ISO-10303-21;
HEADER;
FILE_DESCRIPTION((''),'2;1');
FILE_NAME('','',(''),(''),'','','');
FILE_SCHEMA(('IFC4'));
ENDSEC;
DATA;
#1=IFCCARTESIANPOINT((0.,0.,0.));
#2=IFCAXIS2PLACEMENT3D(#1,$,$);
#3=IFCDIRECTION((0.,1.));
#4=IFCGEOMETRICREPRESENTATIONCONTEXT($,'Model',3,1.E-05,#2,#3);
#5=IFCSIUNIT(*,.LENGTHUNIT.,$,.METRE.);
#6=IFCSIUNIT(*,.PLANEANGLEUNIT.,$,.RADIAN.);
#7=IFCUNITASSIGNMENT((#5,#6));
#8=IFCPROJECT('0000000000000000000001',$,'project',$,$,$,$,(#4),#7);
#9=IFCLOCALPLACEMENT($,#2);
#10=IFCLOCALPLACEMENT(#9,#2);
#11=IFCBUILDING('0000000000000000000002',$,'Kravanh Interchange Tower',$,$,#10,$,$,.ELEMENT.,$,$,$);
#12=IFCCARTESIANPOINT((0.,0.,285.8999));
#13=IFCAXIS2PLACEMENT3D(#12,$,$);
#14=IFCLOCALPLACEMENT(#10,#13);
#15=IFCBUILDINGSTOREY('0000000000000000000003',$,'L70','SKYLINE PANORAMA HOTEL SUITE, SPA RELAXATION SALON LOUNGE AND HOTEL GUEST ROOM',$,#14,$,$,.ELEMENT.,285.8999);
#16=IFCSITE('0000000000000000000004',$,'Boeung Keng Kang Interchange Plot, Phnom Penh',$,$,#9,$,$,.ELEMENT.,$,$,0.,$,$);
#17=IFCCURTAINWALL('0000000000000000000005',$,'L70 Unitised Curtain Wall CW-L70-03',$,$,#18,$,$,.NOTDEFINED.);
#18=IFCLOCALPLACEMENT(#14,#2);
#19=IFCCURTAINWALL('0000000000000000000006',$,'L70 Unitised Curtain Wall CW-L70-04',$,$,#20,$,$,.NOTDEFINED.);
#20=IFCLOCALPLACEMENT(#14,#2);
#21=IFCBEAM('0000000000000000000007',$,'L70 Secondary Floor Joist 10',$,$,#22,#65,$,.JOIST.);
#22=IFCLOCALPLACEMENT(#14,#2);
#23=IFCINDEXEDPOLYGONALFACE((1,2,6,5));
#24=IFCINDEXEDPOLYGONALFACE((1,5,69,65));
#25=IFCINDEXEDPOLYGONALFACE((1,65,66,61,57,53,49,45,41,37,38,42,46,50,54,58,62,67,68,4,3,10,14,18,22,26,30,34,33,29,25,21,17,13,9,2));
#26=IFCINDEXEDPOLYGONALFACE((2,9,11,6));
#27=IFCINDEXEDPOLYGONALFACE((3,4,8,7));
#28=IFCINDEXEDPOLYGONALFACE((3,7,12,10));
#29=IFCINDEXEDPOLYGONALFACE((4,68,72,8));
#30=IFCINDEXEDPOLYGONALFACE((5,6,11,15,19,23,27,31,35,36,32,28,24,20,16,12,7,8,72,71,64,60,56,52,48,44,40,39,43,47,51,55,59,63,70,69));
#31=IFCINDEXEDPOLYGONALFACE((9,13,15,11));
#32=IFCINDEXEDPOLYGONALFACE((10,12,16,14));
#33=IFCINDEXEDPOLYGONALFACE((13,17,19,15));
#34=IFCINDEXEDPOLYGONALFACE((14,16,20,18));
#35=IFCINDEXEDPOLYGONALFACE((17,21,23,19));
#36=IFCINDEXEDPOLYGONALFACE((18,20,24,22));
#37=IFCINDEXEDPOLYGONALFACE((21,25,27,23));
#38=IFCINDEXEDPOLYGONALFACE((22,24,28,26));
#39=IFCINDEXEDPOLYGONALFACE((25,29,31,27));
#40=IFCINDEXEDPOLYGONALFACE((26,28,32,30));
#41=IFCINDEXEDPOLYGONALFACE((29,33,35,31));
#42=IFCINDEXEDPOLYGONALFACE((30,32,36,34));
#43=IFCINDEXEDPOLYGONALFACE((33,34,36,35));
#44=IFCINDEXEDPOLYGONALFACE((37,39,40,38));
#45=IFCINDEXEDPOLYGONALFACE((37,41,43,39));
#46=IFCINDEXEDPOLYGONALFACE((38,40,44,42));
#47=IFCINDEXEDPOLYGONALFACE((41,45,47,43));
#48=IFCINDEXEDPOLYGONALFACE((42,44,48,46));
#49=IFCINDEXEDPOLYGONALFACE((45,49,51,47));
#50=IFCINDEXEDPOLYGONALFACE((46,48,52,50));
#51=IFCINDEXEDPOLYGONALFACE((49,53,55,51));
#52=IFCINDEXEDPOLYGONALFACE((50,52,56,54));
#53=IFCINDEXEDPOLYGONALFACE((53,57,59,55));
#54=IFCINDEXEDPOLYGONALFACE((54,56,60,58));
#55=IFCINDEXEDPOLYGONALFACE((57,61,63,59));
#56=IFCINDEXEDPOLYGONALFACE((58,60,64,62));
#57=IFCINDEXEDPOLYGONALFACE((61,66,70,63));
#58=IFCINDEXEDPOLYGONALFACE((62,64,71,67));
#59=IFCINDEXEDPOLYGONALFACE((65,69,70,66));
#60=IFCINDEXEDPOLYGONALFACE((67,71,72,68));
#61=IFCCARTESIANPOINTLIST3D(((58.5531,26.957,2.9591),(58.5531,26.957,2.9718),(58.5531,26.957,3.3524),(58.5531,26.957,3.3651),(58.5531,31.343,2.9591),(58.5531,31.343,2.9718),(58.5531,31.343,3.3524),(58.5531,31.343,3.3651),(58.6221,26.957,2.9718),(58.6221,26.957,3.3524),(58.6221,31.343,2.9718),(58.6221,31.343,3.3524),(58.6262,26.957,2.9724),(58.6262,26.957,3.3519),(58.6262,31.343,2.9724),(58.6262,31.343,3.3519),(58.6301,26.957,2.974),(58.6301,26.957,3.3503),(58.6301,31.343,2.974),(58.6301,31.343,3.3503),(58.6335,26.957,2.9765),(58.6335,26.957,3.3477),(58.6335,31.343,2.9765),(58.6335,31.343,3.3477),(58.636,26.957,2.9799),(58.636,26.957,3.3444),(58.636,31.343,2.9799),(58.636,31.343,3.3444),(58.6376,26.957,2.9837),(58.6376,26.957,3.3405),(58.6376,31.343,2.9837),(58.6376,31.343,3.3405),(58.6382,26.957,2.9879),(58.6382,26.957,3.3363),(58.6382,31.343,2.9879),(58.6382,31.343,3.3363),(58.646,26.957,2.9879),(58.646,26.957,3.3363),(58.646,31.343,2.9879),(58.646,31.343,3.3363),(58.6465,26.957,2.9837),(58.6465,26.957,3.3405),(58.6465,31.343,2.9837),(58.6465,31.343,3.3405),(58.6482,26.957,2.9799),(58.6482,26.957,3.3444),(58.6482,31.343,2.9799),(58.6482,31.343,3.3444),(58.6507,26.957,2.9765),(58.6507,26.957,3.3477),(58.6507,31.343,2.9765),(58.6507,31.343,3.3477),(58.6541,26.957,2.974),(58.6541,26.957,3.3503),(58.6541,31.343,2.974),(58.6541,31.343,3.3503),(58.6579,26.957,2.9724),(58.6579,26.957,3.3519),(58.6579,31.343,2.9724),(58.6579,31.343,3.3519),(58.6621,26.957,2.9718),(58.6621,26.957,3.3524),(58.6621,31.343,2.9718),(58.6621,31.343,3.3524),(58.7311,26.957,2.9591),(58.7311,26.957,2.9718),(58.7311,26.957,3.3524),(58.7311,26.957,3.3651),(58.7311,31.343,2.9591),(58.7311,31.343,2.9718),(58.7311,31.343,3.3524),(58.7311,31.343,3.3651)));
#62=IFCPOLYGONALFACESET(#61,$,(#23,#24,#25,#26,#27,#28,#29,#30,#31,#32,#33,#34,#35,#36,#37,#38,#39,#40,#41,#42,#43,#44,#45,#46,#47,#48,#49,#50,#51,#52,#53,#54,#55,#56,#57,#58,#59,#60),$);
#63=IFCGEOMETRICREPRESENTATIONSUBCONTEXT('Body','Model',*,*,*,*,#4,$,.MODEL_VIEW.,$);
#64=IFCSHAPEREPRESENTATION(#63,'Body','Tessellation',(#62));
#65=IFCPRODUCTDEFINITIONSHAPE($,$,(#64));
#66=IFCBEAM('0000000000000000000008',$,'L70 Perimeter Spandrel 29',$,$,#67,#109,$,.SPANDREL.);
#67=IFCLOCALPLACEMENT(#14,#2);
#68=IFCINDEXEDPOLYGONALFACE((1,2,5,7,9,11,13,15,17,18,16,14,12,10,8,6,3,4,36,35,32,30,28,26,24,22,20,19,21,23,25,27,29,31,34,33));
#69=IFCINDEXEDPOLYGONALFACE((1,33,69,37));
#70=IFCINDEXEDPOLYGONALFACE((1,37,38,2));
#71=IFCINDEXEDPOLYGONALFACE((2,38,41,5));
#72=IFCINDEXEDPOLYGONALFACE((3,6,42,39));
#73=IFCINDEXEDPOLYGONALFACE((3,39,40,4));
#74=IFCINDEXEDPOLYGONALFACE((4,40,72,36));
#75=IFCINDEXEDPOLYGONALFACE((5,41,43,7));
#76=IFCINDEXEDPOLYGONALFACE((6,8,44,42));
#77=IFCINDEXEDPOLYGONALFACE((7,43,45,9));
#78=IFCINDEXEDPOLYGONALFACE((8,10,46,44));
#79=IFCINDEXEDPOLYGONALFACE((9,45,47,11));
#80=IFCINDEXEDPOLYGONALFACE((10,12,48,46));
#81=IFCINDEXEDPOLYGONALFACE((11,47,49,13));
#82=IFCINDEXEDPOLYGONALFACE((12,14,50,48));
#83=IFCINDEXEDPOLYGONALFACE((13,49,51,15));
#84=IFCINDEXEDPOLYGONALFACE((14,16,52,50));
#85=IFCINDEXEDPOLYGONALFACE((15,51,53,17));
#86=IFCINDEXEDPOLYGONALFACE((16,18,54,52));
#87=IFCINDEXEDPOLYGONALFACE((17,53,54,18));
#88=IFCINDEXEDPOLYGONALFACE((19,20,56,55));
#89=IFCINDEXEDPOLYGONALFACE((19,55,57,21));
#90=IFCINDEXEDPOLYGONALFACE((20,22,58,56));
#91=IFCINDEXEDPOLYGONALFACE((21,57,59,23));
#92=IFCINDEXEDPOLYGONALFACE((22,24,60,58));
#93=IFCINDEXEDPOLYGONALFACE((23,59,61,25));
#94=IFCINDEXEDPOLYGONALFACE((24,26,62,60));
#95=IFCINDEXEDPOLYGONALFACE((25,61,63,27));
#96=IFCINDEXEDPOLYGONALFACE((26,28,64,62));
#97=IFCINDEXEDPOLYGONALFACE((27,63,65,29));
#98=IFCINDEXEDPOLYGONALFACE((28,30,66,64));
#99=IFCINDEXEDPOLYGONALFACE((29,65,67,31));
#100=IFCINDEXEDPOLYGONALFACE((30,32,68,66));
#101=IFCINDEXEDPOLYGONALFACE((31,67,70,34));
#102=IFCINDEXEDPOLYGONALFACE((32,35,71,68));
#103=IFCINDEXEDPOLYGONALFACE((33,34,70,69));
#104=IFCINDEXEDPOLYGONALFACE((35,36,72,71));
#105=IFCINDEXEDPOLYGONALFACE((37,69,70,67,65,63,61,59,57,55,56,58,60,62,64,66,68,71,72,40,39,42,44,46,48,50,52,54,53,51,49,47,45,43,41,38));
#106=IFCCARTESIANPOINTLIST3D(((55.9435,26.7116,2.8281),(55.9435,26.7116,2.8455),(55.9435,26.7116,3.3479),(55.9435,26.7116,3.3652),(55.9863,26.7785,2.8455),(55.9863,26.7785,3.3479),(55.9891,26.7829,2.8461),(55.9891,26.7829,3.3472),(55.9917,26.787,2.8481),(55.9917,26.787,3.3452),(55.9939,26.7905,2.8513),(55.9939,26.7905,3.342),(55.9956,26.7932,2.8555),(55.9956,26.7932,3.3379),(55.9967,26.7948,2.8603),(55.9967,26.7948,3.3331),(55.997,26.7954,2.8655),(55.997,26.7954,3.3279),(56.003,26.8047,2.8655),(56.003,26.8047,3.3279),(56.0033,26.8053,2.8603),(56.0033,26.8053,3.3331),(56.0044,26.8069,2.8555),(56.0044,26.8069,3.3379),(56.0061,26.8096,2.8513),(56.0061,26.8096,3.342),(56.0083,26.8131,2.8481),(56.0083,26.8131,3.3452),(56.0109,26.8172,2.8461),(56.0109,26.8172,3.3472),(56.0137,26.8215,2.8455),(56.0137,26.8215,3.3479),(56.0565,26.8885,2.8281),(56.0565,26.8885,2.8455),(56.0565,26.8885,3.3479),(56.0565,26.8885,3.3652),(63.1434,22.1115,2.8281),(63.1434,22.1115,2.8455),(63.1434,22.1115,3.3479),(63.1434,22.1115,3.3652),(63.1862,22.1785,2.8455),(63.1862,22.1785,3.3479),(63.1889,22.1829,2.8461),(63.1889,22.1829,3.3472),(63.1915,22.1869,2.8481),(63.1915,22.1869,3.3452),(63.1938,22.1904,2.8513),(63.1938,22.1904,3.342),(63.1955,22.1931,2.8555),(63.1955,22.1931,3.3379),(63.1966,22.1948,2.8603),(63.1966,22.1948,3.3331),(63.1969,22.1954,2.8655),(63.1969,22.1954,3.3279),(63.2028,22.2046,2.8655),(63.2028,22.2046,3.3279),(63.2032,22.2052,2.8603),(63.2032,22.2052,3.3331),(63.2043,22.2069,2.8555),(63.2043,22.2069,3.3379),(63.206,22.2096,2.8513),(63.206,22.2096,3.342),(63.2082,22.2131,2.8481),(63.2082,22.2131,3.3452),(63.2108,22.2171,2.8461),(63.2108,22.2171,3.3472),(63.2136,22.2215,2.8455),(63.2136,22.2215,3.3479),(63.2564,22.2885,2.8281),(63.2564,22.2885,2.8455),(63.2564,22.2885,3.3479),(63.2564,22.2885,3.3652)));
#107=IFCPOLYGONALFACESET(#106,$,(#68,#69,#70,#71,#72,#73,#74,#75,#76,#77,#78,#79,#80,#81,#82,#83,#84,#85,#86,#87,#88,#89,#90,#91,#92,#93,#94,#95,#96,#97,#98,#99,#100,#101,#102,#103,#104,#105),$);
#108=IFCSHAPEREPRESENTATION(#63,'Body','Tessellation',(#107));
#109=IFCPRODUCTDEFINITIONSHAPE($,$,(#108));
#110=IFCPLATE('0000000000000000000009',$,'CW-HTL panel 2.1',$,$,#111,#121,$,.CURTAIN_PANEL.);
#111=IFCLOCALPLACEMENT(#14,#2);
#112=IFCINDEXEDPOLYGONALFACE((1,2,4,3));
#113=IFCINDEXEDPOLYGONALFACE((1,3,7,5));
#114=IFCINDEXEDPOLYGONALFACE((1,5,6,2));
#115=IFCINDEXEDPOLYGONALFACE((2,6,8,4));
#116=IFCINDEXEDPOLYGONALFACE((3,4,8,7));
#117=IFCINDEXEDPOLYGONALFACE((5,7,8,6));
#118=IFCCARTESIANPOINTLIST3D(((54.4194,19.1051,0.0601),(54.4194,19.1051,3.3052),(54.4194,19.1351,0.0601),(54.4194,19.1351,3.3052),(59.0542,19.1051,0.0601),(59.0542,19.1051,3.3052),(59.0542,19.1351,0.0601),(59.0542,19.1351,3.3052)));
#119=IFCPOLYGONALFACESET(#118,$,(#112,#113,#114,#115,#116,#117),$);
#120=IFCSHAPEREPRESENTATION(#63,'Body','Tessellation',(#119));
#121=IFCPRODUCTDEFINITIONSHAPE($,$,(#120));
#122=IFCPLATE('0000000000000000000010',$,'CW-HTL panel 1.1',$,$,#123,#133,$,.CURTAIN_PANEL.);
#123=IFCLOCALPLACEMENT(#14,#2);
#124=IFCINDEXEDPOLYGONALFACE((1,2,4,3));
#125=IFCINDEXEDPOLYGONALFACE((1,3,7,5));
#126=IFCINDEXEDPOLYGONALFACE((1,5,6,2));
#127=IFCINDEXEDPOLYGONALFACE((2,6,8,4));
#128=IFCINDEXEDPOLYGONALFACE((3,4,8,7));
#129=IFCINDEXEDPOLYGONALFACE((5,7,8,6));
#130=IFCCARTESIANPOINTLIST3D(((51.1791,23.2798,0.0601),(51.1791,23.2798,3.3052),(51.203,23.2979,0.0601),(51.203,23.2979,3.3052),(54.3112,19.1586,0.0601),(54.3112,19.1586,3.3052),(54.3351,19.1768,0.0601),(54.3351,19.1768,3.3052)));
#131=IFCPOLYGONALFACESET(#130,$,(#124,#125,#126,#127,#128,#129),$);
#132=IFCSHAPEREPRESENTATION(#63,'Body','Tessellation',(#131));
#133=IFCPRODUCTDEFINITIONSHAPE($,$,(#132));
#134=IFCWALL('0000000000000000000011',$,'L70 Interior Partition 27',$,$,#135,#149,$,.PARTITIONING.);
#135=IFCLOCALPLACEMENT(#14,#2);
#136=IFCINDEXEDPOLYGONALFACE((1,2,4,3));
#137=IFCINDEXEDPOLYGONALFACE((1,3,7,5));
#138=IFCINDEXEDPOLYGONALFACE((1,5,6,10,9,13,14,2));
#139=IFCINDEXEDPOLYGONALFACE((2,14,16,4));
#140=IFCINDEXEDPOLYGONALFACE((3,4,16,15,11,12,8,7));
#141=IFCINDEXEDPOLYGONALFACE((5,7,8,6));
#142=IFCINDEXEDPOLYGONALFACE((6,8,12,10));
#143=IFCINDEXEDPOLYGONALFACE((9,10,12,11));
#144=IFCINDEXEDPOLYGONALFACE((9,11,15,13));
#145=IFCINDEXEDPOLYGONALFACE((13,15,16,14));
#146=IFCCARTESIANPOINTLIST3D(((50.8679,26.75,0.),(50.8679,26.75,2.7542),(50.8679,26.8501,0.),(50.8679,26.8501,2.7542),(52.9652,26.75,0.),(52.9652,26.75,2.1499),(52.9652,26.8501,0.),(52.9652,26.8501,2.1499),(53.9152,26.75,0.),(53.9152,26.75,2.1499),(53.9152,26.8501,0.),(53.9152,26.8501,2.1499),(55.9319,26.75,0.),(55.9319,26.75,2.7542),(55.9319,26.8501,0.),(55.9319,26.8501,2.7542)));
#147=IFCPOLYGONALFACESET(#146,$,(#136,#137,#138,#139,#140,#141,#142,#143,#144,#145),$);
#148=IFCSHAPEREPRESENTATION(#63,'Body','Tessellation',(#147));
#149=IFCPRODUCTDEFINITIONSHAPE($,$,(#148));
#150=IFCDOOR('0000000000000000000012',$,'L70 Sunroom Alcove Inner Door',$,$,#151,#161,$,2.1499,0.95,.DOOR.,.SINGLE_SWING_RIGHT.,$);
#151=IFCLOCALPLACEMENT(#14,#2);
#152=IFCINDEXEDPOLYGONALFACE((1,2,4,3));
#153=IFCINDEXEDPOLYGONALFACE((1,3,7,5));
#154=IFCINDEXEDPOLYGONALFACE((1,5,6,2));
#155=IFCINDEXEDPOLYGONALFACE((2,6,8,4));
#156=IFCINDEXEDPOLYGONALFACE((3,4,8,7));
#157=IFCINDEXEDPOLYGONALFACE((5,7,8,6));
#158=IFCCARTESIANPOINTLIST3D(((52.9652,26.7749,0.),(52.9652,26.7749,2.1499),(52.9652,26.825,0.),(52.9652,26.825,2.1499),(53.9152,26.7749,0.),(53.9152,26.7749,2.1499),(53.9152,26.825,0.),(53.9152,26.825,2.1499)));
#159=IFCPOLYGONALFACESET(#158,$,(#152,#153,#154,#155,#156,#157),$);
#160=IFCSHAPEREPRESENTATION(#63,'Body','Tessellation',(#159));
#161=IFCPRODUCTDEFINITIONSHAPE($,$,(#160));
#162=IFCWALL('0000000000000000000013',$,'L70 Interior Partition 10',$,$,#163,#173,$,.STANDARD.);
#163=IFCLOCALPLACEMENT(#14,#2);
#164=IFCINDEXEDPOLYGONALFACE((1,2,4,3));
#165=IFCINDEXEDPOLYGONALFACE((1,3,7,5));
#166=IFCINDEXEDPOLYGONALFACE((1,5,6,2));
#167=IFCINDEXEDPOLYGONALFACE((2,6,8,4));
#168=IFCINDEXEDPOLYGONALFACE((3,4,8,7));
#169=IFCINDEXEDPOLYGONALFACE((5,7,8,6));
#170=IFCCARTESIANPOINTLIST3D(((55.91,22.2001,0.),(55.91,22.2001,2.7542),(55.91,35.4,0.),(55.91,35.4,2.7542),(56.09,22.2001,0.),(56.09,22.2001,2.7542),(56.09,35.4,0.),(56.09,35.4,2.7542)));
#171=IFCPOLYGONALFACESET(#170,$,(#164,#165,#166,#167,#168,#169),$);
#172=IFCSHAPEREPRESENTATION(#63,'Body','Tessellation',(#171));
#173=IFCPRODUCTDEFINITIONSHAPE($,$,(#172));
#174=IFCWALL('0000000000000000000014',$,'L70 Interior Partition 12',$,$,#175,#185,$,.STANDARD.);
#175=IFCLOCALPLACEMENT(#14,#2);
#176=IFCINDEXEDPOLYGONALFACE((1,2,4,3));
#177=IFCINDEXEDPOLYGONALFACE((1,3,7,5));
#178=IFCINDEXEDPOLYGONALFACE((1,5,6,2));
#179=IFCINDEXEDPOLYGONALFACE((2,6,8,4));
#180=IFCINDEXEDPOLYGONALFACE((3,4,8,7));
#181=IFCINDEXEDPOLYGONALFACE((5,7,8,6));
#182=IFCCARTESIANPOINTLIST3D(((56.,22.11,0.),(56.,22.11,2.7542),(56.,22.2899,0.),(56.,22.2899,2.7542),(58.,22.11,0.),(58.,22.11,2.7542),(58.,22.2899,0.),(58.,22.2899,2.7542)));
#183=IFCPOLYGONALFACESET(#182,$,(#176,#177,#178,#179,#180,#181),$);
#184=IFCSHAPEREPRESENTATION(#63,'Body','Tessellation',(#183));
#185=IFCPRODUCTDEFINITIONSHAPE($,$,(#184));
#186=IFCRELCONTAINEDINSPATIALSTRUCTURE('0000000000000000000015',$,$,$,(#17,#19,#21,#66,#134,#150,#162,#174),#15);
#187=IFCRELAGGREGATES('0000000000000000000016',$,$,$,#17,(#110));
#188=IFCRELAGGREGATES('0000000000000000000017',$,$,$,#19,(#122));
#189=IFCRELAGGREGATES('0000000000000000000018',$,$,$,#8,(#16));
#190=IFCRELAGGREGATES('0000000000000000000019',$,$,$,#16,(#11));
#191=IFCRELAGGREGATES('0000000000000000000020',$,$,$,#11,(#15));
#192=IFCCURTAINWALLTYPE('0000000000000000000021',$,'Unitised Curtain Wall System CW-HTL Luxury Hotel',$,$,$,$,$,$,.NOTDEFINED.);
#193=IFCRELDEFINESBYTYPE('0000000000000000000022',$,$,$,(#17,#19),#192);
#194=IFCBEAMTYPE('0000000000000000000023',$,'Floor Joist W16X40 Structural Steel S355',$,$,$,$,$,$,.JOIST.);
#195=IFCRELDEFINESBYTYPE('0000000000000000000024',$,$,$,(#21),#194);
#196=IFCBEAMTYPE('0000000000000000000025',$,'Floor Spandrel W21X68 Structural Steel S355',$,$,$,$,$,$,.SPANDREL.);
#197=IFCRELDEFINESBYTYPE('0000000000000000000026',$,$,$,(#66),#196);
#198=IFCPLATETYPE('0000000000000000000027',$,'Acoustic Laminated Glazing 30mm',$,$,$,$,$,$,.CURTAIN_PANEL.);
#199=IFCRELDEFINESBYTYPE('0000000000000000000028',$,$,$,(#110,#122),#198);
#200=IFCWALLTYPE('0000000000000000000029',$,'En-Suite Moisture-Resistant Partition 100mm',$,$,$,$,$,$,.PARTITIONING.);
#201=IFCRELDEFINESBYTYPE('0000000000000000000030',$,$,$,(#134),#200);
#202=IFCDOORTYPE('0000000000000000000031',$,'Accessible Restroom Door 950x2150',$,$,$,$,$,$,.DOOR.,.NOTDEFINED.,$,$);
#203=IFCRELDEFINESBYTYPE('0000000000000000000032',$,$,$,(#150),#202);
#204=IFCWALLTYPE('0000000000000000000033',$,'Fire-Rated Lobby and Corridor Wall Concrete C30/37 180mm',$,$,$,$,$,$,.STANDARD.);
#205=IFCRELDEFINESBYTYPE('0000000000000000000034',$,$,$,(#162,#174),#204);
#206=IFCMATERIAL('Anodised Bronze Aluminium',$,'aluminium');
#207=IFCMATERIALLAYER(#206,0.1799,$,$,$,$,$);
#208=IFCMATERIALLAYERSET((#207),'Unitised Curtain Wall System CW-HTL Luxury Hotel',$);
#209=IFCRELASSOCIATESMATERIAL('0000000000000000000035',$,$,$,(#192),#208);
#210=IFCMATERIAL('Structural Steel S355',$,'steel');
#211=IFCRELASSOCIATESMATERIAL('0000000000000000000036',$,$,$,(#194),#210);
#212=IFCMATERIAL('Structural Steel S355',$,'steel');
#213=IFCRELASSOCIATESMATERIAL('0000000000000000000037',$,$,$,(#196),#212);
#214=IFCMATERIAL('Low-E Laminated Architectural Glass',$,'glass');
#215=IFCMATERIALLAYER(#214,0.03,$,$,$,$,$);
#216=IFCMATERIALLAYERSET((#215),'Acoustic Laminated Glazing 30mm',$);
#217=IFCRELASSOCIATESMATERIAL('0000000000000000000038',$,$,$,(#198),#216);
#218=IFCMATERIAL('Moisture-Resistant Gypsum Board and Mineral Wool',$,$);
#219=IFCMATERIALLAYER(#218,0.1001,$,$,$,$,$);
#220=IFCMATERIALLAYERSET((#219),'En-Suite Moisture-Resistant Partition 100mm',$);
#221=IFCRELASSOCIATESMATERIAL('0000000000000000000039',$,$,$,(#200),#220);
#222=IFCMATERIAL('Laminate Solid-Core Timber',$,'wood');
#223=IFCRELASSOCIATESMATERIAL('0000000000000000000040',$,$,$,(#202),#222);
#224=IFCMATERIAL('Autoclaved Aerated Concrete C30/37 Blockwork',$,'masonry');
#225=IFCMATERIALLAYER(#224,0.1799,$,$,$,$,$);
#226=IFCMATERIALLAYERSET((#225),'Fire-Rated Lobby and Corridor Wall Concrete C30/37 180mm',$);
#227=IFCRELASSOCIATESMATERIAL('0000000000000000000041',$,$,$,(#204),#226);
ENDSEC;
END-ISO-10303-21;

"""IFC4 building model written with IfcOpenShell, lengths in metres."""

from ifc_helpers import new_model, si_unit, direction, frame, frame_2d, origin, origin_2d, place, context, subcontext, project, spatial, rectangle, i_section, extrude, material, layer, layer_set, material_profile, profile_set, type_object, element, fill, aggregate, save


model = new_model("IFC4")

# Units and contexts
model_context = context("Model", 3, precision=1e-05, world=origin(), true_north=direction((0.0, 1.0)))
body_context = subcontext(model_context, "Body", "Model", "MODEL_VIEW")
ifc_project = project(units=[si_unit("LENGTHUNIT", "METRE"), si_unit("PLANEANGLEUNIT", "RADIAN")], contexts=[model_context])

# Site, building, storey
site_placement = place(None, origin())
site = spatial("IfcSite", under=ifc_project, at=site_placement, Name="Boeung Keng Kang Interchange Plot, Phnom Penh", CompositionType="ELEMENT", RefElevation=0.0)
building_placement = place(site_placement, origin())
building = spatial("IfcBuilding", under=site, at=building_placement, Name="Kravanh Interchange Tower", CompositionType="ELEMENT")
storey_placement = place(building_placement, frame((0.0, 0.0, 285.8999)))
storey = spatial("IfcBuildingStorey", under=building, at=storey_placement, Name="L70", Description="SKYLINE PANORAMA HOTEL SUITE, SPA RELAXATION SALON LOUNGE AND HOTEL GUEST ROOM", CompositionType="ELEMENT", Elevation=285.8999)

# Curtain wall
ifc_material_1 = material(Name="Anodised Bronze Aluminium", Category="aluminium")
ifc_layer_1 = layer(ifc_material_1, 0.1799)
ifc_layer_set_1 = layer_set([ifc_layer_1], Name="Unitised Curtain Wall System CW-HTL Luxury Hotel")
curtain_wall_type = type_object("IfcCurtainWallType", Name="Unitised Curtain Wall System CW-HTL Luxury Hotel", PredefinedType="NOTDEFINED", material=ifc_layer_set_1)
curtain_wall_1_placement = place(storey_placement, origin())
curtain_wall_1 = element("IfcCurtainWall", 1, at=curtain_wall_1_placement, inside=storey, type_object=curtain_wall_type, Name="L70 Unitised Curtain Wall CW-L70-03", PredefinedType="NOTDEFINED")

# Curtain wall
curtain_wall_2_placement = place(storey_placement, origin())
curtain_wall_2 = element("IfcCurtainWall", 2, at=curtain_wall_2_placement, inside=storey, type_object=curtain_wall_type, Name="L70 Unitised Curtain Wall CW-L70-04", PredefinedType="NOTDEFINED")

# Beams
ifc_material_2 = material(Name="Structural Steel S355", Category="steel")
ifc_material_profile_1 = material_profile(ifc_material_2, i_section(OverallWidth=0.178, OverallDepth=0.406, WebThickness=0.0078, FlangeThickness=0.0127, FilletRadius=0.0161, at=origin_2d()), Name="W16X40")
ifc_profile_set_1 = profile_set([ifc_material_profile_1], Name="Structural Steel S355")
beam_type_1 = type_object("IfcBeamType", Name="Floor Joist W16X40 Structural Steel S355", PredefinedType="JOIST", material=ifc_profile_set_1)
for number, where, z_axis, x_axis, name in (
    (3, (58.6421, 26.957, 3.1621), (0.0, 1.0, 0.0), (-1.0, 0.0, 0.0), "L70 Secondary Floor Joist 10"),
):
    element("IfcBeam", number, at=place(storey_placement, frame(where, z_axis=z_axis, x_axis=x_axis)), inside=storey, type_object=beam_type_1, Name=name, PredefinedType="JOIST", context=body_context, shape_type="SweptSolid", body=[
        extrude(i_section(OverallWidth=0.178, OverallDepth=0.406, WebThickness=0.0078, FlangeThickness=0.0127, FilletRadius=0.0161, at=origin_2d()), origin(), (0.0, 0.0, 1.0), 4.386),
    ])
ifc_material_3 = material(Name="Structural Steel S355", Category="steel")
ifc_material_profile_2 = material_profile(ifc_material_3, i_section(OverallWidth=0.21, OverallDepth=0.5371, WebThickness=0.011, FlangeThickness=0.0173, FilletRadius=0.02, at=origin_2d()), Name="W21X68")
ifc_profile_set_2 = profile_set([ifc_material_profile_2], Name="Structural Steel S355")
beam_type_2 = type_object("IfcBeamType", Name="Floor Spandrel W21X68 Structural Steel S355", PredefinedType="SPANDREL", material=ifc_profile_set_2)
beam_1_placement = place(storey_placement, frame((56.0, 26.8, 3.0967), z_axis=(0.842689, -0.5384, 0.0), x_axis=(0.5384, 0.842689, 0.0)))
element("IfcBeam", 4, at=beam_1_placement, inside=storey, type_object=beam_type_2, Name="L70 Perimeter Spandrel 29", PredefinedType="SPANDREL", context=body_context, shape_type="SweptSolid", body=[
    extrude(i_section(OverallWidth=0.21, OverallDepth=0.5371, WebThickness=0.011, FlangeThickness=0.0173, FilletRadius=0.02, at=origin_2d()), origin(), (0.0, 0.0, 1.0), 8.5439),
])

# Plates
ifc_material_4 = material(Name="Low-E Laminated Architectural Glass", Category="glass")
ifc_layer_2 = layer(ifc_material_4, 0.03)
ifc_layer_set_2 = layer_set([ifc_layer_2], Name="Acoustic Laminated Glazing 30mm")
plate_type = type_object("IfcPlateType", Name="Acoustic Laminated Glazing 30mm", PredefinedType="CURTAIN_PANEL", material=ifc_layer_set_2)
plate_1_placement = place(storey_placement, frame((56.7368, 19.1201, 0.0601), z_axis=(0.0, 0.0, 1.0), x_axis=(-1.0, 0.0, 0.0)))
plate_1 = element("IfcPlate", 5, at=plate_1_placement, type_object=plate_type, Name="CW-HTL panel 2.1", PredefinedType="CURTAIN_PANEL", context=body_context, shape_type="SweptSolid", body=[
    extrude(rectangle(XDim=4.6348, YDim=0.03, at=origin_2d()), origin(), (0.0, 0.0, 1.0), 3.2451),
])
aggregate(curtain_wall_1, [plate_1])
plate_2_placement = place(storey_placement, frame((52.7571, 21.2283, 0.0601), z_axis=(0.0, 0.0, 1.0), x_axis=(-0.605083, 0.796162, 0.0)))
plate_2 = element("IfcPlate", 6, at=plate_2_placement, type_object=plate_type, Name="CW-HTL panel 1.1", PredefinedType="CURTAIN_PANEL", context=body_context, shape_type="SweptSolid", body=[
    extrude(rectangle(XDim=5.1763, YDim=0.03, at=origin_2d()), origin(), (0.0, 0.0, 1.0), 3.2451),
])
aggregate(curtain_wall_2, [plate_2])

# Wall, opening, door
ifc_material_5 = material(Name="Moisture-Resistant Gypsum Board and Mineral Wool")
ifc_layer_3 = layer(ifc_material_5, 0.1001)
ifc_layer_set_3 = layer_set([ifc_layer_3], Name="En-Suite Moisture-Resistant Partition 100mm")
wall_type_1 = type_object("IfcWallType", Name="En-Suite Moisture-Resistant Partition 100mm", PredefinedType="PARTITIONING", material=ifc_layer_set_3)
wall_1_placement = place(storey_placement, frame((50.8679, 26.8, 0.0), z_axis=(0.0, 0.0, 1.0), x_axis=(1.0, 0.0, 0.0)))
wall_1 = element("IfcWall", 7, at=wall_1_placement, inside=storey, type_object=wall_type_1, Name="L70 Interior Partition 27", PredefinedType="PARTITIONING", context=body_context, shape_type="SweptSolid", body=[
    extrude(rectangle(XDim=5.064, YDim=0.1001, at=frame_2d((2.532, 0.0))), origin(), (0.0, 0.0, 1.0), 2.7542),
])
opening_1_placement = place(wall_1_placement, frame((2.0972, 0.0, 0.0)))
opening_1 = element("IfcOpeningElement", 8, at=opening_1_placement, cuts=wall_1, PredefinedType="OPENING", context=body_context, shape_type="SweptSolid", body=[
    extrude(rectangle(XDim=0.95, YDim=2.1499, at=frame_2d((0.4751, 1.075))), frame((0.0, 0.0601, 0.0), z_axis=(0.0, -1.0, 0.0), x_axis=(1.0, 0.0, 0.0)), (0.0, 0.0, 1.0), 0.1201),
])
ifc_material_6 = material(Name="Laminate Solid-Core Timber", Category="wood")
door_type_1 = type_object("IfcDoorType", Name="Accessible Restroom Door 950x2150", OperationType="NOTDEFINED", PredefinedType="DOOR", material=ifc_material_6)
door_1_placement = place(opening_1_placement, origin())
door_1 = element("IfcDoor", 9, at=door_1_placement, inside=storey, type_object=door_type_1, Name="L70 Sunroom Alcove Inner Door", OperationType="SINGLE_SWING_RIGHT", OverallHeight=2.1499, OverallWidth=0.95, PredefinedType="DOOR", context=body_context, shape_type="SweptSolid", body=[
    extrude(rectangle(XDim=0.95, YDim=2.1499, at=frame_2d((0.4751, 1.075))), frame((0.0, 0.0249, 0.0), z_axis=(0.0, -1.0, 0.0), x_axis=(1.0, 0.0, 0.0)), (0.0, 0.0, 1.0), 0.05),
])
fill(opening_1, door_1)

# Wall
ifc_material_7 = material(Name="Autoclaved Aerated Concrete C30/37 Blockwork", Category="masonry")
ifc_layer_4 = layer(ifc_material_7, 0.1799)
ifc_layer_set_4 = layer_set([ifc_layer_4], Name="Fire-Rated Lobby and Corridor Wall Concrete C30/37 180mm")
wall_type_2 = type_object("IfcWallType", Name="Fire-Rated Lobby and Corridor Wall Concrete C30/37 180mm", PredefinedType="STANDARD", material=ifc_layer_set_4)
wall_2_placement = place(storey_placement, frame((56.0, 22.2, 0.0), z_axis=(0.0, 0.0, 1.0), x_axis=(0.0, 1.0, 0.0)))
element("IfcWall", 10, at=wall_2_placement, inside=storey, type_object=wall_type_2, Name="L70 Interior Partition 10", PredefinedType="STANDARD", context=body_context, shape_type="SweptSolid", body=[
    extrude(rectangle(XDim=13.2, YDim=0.1799, at=frame_2d((6.6001, 0.0))), origin(), (0.0, 0.0, 1.0), 2.7542),
])

# Wall
wall_3_placement = place(storey_placement, frame((56.0, 22.2, 0.0), z_axis=(0.0, 0.0, 1.0), x_axis=(1.0, 0.0, 0.0)))
element("IfcWall", 11, at=wall_3_placement, inside=storey, type_object=wall_type_2, Name="L70 Interior Partition 12", PredefinedType="STANDARD", context=body_context, shape_type="SweptSolid", body=[
    extrude(rectangle(XDim=2.0, YDim=0.1799, at=frame_2d((1.0, 0.0))), origin(), (0.0, 0.0, 1.0), 2.7542),
])

save(model, "model.ifc")
